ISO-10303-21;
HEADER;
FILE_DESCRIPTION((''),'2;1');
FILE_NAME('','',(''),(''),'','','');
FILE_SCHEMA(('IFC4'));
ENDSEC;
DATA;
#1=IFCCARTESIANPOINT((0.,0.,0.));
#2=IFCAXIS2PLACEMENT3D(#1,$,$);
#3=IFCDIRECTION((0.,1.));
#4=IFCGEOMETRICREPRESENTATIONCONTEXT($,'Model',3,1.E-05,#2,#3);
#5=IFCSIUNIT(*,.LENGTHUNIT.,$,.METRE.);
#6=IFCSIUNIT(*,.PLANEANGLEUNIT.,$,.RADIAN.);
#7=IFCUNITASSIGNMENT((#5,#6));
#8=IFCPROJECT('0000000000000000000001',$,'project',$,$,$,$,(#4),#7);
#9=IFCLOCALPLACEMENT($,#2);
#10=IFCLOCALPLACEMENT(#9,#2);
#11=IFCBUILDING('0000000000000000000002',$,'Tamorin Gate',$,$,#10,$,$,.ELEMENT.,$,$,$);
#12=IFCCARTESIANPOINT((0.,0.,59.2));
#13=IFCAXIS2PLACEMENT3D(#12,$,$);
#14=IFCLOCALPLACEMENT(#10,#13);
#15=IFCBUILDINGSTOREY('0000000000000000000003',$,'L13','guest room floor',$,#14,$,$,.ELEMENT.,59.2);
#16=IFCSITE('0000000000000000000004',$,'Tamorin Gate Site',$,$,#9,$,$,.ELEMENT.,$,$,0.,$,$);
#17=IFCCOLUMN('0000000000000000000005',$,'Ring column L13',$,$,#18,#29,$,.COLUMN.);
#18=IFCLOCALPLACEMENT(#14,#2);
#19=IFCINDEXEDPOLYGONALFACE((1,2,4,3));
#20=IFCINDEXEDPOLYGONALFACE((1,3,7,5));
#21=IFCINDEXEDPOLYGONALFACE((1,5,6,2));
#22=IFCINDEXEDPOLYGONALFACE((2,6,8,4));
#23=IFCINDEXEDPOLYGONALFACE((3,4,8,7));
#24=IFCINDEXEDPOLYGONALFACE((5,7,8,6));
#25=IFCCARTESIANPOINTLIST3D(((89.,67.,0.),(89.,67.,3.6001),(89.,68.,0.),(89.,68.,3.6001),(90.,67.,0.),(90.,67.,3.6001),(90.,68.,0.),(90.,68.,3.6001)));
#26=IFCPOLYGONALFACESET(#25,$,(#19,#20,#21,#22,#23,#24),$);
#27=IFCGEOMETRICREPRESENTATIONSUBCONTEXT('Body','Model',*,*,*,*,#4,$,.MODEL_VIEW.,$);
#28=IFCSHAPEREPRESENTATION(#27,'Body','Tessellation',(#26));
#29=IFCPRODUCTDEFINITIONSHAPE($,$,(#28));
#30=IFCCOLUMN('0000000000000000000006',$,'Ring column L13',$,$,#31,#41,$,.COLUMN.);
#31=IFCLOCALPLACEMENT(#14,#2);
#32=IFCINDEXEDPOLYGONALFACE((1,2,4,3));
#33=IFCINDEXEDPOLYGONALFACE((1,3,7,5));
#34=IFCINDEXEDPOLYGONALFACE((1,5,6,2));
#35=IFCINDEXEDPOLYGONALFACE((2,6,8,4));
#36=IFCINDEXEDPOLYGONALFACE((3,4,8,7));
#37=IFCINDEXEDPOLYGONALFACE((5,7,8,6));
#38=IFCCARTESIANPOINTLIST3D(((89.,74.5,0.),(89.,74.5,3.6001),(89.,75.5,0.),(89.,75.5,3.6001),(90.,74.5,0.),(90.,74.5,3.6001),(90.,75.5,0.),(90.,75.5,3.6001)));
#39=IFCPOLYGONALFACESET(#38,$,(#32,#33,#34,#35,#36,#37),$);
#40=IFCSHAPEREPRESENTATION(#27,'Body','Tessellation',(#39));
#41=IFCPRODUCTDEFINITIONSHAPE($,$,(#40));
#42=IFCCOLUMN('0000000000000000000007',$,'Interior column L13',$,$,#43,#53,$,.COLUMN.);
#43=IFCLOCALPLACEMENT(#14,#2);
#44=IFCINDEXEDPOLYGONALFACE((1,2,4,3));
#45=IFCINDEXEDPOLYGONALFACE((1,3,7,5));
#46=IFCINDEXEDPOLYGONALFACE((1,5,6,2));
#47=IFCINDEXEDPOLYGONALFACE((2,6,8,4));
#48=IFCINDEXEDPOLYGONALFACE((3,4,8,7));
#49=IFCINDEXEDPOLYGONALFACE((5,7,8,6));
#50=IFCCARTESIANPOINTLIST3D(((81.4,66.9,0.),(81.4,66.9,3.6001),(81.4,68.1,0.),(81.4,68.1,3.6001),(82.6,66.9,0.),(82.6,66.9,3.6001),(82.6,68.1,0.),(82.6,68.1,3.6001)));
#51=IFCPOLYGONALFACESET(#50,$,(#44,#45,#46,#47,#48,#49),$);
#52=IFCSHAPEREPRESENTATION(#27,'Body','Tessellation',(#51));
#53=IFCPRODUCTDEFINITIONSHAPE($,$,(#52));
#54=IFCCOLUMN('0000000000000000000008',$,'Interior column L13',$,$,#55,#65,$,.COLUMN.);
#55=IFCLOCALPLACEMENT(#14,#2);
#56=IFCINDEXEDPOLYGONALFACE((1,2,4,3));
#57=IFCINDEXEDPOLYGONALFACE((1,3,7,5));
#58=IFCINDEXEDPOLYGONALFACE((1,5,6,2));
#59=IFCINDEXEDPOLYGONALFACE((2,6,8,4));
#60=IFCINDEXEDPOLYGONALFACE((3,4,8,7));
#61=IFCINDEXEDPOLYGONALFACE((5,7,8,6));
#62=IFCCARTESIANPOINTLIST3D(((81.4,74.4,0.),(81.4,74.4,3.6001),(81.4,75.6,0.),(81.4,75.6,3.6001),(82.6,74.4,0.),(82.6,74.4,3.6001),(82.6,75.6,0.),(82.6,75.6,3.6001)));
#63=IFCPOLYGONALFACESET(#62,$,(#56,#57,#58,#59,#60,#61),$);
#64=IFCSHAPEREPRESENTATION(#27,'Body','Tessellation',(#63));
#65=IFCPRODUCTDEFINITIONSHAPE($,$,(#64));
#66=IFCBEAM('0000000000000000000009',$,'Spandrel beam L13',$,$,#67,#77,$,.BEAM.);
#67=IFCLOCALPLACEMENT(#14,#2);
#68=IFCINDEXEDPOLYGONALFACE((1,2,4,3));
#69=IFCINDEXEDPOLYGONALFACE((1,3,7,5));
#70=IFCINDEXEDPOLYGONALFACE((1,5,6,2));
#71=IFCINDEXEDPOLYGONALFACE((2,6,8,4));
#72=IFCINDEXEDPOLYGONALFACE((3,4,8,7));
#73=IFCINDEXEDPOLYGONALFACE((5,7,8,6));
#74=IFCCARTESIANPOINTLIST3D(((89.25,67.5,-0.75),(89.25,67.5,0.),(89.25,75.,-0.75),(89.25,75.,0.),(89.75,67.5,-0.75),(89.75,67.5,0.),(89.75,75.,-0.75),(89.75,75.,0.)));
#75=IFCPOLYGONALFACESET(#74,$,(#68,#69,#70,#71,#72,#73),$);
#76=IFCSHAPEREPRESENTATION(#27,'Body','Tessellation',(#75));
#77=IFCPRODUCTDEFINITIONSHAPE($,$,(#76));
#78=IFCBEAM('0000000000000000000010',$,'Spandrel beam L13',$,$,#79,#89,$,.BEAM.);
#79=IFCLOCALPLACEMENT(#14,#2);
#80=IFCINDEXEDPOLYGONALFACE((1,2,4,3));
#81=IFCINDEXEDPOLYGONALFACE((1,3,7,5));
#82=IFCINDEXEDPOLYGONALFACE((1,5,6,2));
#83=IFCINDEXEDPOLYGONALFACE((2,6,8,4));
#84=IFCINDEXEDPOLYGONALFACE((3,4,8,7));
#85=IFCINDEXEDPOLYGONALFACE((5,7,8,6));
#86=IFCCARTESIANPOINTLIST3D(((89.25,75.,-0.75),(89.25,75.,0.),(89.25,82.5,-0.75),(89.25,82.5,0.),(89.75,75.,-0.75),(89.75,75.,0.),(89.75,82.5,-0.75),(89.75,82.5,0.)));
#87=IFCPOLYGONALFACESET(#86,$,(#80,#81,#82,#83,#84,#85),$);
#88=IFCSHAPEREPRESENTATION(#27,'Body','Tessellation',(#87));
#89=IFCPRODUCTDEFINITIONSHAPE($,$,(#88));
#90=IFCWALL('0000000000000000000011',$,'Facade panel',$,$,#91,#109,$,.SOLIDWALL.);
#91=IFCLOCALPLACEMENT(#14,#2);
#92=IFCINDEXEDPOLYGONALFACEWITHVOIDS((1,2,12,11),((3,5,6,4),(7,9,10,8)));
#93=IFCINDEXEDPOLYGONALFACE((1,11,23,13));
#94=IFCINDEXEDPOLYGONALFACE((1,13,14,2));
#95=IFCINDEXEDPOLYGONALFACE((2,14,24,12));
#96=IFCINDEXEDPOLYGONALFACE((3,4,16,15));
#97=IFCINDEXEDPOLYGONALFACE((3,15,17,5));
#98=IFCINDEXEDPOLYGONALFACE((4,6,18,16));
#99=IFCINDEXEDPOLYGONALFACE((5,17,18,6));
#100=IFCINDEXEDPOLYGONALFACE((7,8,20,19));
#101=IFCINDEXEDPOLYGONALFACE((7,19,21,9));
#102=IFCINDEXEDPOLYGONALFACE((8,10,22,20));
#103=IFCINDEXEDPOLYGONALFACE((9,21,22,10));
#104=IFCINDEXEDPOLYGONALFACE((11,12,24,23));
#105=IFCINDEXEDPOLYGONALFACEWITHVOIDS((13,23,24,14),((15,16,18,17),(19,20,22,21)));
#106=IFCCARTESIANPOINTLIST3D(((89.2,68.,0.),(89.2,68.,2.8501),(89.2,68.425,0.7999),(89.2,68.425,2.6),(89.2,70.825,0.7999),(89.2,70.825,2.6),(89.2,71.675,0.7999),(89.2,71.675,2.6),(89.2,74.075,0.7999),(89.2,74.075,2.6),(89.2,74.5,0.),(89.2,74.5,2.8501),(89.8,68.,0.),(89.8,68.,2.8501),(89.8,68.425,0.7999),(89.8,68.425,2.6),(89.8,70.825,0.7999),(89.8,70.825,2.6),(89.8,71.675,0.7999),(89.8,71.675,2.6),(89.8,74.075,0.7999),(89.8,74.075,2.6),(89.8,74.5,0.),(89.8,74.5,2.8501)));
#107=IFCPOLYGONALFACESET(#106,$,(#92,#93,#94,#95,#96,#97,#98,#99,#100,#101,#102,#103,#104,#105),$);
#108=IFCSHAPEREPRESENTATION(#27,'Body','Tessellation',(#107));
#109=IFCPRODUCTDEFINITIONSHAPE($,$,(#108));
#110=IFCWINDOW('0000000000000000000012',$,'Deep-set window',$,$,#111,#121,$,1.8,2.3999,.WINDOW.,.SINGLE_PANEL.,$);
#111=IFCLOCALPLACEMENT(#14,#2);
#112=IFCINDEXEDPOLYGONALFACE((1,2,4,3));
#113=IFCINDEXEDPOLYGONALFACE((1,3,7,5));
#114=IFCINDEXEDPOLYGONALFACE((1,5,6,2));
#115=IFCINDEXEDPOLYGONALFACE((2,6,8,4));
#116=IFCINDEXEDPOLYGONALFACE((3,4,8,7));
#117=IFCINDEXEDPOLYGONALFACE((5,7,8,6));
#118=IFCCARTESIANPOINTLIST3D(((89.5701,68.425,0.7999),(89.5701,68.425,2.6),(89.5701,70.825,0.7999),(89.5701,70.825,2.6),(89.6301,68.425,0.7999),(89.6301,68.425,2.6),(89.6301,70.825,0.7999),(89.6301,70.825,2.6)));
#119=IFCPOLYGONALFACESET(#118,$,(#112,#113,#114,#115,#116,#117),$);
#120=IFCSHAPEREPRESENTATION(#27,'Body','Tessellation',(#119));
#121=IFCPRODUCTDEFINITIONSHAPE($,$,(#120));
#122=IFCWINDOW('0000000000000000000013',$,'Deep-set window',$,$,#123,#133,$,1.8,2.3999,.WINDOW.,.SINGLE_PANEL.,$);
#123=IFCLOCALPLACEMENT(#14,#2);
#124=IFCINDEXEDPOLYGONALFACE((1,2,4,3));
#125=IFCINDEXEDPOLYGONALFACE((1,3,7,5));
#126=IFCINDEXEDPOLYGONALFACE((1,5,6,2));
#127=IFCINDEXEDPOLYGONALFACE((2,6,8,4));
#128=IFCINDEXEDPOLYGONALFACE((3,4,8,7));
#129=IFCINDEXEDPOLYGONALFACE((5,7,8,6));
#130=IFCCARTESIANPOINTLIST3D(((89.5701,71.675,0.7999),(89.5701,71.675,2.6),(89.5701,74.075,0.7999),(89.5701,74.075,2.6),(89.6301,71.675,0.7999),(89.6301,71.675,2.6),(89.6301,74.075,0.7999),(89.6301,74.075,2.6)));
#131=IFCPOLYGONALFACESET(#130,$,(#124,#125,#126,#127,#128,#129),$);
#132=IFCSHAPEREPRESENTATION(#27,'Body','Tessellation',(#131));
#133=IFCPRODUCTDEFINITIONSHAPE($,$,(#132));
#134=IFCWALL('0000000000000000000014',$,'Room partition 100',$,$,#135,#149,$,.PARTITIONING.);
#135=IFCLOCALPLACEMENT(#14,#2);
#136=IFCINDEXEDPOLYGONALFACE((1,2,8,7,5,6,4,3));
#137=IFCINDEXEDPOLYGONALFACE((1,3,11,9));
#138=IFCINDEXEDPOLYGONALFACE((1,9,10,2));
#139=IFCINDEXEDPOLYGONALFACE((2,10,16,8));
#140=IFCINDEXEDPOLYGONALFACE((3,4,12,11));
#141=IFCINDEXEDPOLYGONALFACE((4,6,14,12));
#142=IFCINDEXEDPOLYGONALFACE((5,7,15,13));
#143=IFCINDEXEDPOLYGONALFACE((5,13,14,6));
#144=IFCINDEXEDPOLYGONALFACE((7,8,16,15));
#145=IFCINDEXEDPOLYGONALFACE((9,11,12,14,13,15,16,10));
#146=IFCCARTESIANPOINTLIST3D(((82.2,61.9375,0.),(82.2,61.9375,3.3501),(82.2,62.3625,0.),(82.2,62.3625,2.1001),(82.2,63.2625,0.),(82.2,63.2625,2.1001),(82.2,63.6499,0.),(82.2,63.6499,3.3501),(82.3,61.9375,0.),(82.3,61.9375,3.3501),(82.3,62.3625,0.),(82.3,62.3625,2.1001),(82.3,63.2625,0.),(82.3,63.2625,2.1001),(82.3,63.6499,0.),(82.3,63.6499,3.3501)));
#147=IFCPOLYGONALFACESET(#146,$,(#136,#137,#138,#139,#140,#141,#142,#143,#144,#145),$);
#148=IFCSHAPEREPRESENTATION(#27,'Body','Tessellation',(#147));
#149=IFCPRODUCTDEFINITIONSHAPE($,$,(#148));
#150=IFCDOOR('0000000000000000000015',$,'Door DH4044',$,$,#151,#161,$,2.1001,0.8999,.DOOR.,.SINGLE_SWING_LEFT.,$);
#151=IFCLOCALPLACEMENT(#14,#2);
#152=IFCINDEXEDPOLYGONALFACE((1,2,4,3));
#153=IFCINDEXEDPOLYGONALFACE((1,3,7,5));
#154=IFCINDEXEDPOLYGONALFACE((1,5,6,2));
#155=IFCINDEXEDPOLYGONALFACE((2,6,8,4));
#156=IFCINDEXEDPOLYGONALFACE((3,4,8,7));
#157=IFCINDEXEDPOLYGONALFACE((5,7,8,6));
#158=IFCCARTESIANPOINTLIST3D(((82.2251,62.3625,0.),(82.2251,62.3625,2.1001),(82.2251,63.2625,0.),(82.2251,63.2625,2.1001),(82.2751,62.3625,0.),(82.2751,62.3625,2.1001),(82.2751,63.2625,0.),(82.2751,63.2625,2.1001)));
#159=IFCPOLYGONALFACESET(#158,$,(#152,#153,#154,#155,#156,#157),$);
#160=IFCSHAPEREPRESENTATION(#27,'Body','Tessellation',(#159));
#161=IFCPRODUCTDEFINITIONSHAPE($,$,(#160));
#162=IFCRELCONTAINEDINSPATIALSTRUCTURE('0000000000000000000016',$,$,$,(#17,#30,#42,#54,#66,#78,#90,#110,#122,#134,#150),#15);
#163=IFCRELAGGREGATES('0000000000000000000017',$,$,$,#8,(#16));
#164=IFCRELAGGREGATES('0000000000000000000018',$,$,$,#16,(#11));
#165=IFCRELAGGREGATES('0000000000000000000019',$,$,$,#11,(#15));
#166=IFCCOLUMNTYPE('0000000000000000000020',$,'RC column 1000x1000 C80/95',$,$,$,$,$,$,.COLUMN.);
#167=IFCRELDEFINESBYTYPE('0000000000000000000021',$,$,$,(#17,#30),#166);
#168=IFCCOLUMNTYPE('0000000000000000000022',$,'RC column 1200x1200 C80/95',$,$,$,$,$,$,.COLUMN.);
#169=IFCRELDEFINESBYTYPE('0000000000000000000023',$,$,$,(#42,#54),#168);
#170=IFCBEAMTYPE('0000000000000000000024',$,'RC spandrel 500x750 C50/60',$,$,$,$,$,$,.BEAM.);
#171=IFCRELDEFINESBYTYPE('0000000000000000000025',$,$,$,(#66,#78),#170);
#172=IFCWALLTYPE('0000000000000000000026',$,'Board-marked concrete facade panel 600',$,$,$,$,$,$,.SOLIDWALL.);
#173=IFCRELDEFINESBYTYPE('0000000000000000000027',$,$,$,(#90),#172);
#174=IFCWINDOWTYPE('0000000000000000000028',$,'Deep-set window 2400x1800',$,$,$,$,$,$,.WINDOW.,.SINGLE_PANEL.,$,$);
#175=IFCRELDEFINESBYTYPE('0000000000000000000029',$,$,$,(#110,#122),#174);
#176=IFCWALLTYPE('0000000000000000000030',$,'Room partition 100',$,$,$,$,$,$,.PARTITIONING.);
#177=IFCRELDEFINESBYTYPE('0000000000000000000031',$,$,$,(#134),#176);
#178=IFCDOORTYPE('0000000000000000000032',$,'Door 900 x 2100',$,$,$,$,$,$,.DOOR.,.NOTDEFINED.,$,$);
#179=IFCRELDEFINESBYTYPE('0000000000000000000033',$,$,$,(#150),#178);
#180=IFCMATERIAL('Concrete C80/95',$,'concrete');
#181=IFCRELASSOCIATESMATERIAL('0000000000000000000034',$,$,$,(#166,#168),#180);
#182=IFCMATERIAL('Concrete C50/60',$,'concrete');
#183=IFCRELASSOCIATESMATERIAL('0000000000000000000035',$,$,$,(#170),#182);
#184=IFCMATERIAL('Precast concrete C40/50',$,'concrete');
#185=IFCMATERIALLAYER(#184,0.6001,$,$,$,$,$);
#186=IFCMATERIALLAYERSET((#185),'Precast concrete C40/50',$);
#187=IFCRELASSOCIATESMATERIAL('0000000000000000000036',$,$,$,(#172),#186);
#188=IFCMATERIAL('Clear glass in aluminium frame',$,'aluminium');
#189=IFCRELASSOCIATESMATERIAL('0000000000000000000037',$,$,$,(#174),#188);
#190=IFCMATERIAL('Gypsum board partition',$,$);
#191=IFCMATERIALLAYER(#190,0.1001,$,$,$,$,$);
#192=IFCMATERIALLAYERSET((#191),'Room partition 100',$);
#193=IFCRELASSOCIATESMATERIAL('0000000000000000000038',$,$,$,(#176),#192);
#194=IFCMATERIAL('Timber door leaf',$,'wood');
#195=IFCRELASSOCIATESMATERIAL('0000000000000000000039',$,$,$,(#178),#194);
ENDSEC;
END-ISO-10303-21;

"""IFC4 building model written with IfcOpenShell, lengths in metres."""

from ifc_helpers import new_model, si_unit, direction, frame, frame_2d, origin, origin_2d, place, context, subcontext, project, spatial, rectangle, extrude, material, layer, layer_set, material_profile, profile_set, type_object, element, fill, save


model = new_model("IFC4")

# Units and contexts
model_context = context("Model", 3, precision=1e-05, world=origin(), true_north=direction((0.0, 1.0)))
body_context = subcontext(model_context, "Body", "Model", "MODEL_VIEW")
ifc_project = project(units=[si_unit("LENGTHUNIT", "METRE"), si_unit("PLANEANGLEUNIT", "RADIAN")], contexts=[model_context])

# Site, building, storey
site_placement = place(None, origin())
site = spatial("IfcSite", under=ifc_project, at=site_placement, Name="Tamorin Gate Site", CompositionType="ELEMENT", RefElevation=0.0)
building_placement = place(site_placement, origin())
building = spatial("IfcBuilding", under=site, at=building_placement, Name="Tamorin Gate", CompositionType="ELEMENT")
storey_placement = place(building_placement, frame((0.0, 0.0, 59.2)))
storey = spatial("IfcBuildingStorey", under=building, at=storey_placement, Name="L13", Description="guest room floor", CompositionType="ELEMENT", Elevation=59.2)

# Columns
ifc_material_1 = material(Name="Concrete C80/95", Category="concrete")
ifc_material_profile_1 = material_profile(ifc_material_1, rectangle(XDim=1.0, YDim=1.0, at=origin_2d()), Name="RC 1000x1000")
ifc_profile_set_1 = profile_set([ifc_material_profile_1], Name="Concrete C80/95")
column_type_1 = type_object("IfcColumnType", Name="RC column 1000x1000 C80/95", PredefinedType="COLUMN", material=ifc_profile_set_1)
for number, where, z_axis, x_axis, name in (
    (1, (89.5, 67.5, 0.0), (0.0, 0.0, 1.0), (1.0, 0.0, 0.0), "Ring column L13"),
    (2, (89.5, 75.0, 0.0), (0.0, 0.0, 1.0), (1.0, 0.0, 0.0), "Ring column L13"),
):
    element("IfcColumn", number, at=place(storey_placement, frame(where, z_axis=z_axis, x_axis=x_axis)), inside=storey, type_object=column_type_1, Name=name, PredefinedType="COLUMN", context=body_context, shape_type="SweptSolid", body=[
        extrude(rectangle(XDim=1.0, YDim=1.0, at=origin_2d()), origin(), (0.0, 0.0, 1.0), 3.6001),
    ])
ifc_material_profile_2 = material_profile(ifc_material_1, rectangle(XDim=1.2, YDim=1.2, at=origin_2d()), Name="RC 1200x1200")
ifc_profile_set_2 = profile_set([ifc_material_profile_2], Name="Concrete C80/95")
column_type_2 = type_object("IfcColumnType", Name="RC column 1200x1200 C80/95", PredefinedType="COLUMN", material=ifc_profile_set_2)
for number, where, z_axis, x_axis, name in (
    (3, (82.0, 67.5, 0.0), (0.0, 0.0, 1.0), (1.0, 0.0, 0.0), "Interior column L13"),
    (4, (82.0, 75.0, 0.0), (0.0, 0.0, 1.0), (1.0, 0.0, 0.0), "Interior column L13"),
):
    element("IfcColumn", number, at=place(storey_placement, frame(where, z_axis=z_axis, x_axis=x_axis)), inside=storey, type_object=column_type_2, Name=name, PredefinedType="COLUMN", context=body_context, shape_type="SweptSolid", body=[
        extrude(rectangle(XDim=1.2, YDim=1.2, at=origin_2d()), origin(), (0.0, 0.0, 1.0), 3.6001),
    ])

# Beams
ifc_material_2 = material(Name="Concrete C50/60", Category="concrete")
ifc_material_profile_3 = material_profile(ifc_material_2, rectangle(XDim=0.5, YDim=0.75, at=origin_2d()), Name="RC 500x750")
ifc_profile_set_3 = profile_set([ifc_material_profile_3], Name="Concrete C50/60")
beam_type = type_object("IfcBeamType", Name="RC spandrel 500x750 C50/60", PredefinedType="BEAM", material=ifc_profile_set_3)
for number, where, z_axis, x_axis, name in (
    (5, (89.5, 67.5, -0.375), (0.0, 1.0, 0.0), (-1.0, 0.0, 0.0), "Spandrel beam L13"),
    (6, (89.5, 75.0, -0.375), (0.0, 1.0, 0.0), (-1.0, 0.0, 0.0), "Spandrel beam L13"),
):
    element("IfcBeam", number, at=place(storey_placement, frame(where, z_axis=z_axis, x_axis=x_axis)), inside=storey, type_object=beam_type, Name=name, PredefinedType="BEAM", context=body_context, shape_type="SweptSolid", body=[
        extrude(rectangle(XDim=0.5, YDim=0.75, at=origin_2d()), origin(), (0.0, 0.0, 1.0), 7.5),
    ])

# Wall, openings, windows
ifc_material_3 = material(Name="Precast concrete C40/50", Category="concrete")
ifc_layer_1 = layer(ifc_material_3, 0.6001)
ifc_layer_set_1 = layer_set([ifc_layer_1], Name="Precast concrete C40/50")
wall_type_1 = type_object("IfcWallType", Name="Board-marked concrete facade panel 600", PredefinedType="SOLIDWALL", material=ifc_layer_set_1)
wall_1_placement = place(storey_placement, frame((89.5, 68.0, 0.0), z_axis=(0.0, 0.0, 1.0), x_axis=(0.0, 1.0, 0.0)))
wall_1 = element("IfcWall", 7, at=wall_1_placement, inside=storey, type_object=wall_type_1, Name="Facade panel", PredefinedType="SOLIDWALL", context=body_context, shape_type="SweptSolid", body=[
    extrude(rectangle(XDim=6.5, YDim=0.6001, at=frame_2d((3.25, 0.0))), origin(), (0.0, 0.0, 1.0), 2.8501),
])
opening_1_placement = place(wall_1_placement, frame((0.425, 0.0, 0.8)))
opening_1 = element("IfcOpeningElement", 8, at=opening_1_placement, cuts=wall_1, PredefinedType="OPENING", context=body_context, shape_type="SweptSolid", body=[
    extrude(rectangle(XDim=2.3999, YDim=1.8, at=frame_2d((1.2, 0.8999))), frame((0.0, 0.3101, 0.0), z_axis=(0.0, -1.0, 0.0), x_axis=(1.0, 0.0, 0.0)), (0.0, 0.0, 1.0), 0.6201),
])
opening_2_placement = place(wall_1_placement, frame((3.675, 0.0, 0.8)))
opening_2 = element("IfcOpeningElement", 9, at=opening_2_placement, cuts=wall_1, PredefinedType="OPENING", context=body_context, shape_type="SweptSolid", body=[
    extrude(rectangle(XDim=2.3999, YDim=1.8, at=frame_2d((1.2, 0.8999))), frame((0.0, 0.3101, 0.0), z_axis=(0.0, -1.0, 0.0), x_axis=(1.0, 0.0, 0.0)), (0.0, 0.0, 1.0), 0.6201),
])
ifc_material_4 = material(Name="Clear glass in aluminium frame", Category="aluminium")
window_type = type_object("IfcWindowType", Name="Deep-set window 2400x1800", PartitioningType="SINGLE_PANEL", PredefinedType="WINDOW", material=ifc_material_4)
window_1_placement = place(opening_1_placement, origin())
window_1 = element("IfcWindow", 10, at=window_1_placement, inside=storey, type_object=window_type, Name="Deep-set window", OverallHeight=1.8, OverallWidth=2.3999, PartitioningType="SINGLE_PANEL", PredefinedType="WINDOW", context=body_context, shape_type="SweptSolid", body=[
    extrude(rectangle(XDim=2.3999, YDim=1.8, at=frame_2d((1.2, 0.8999))), frame((0.0, -0.0701, 0.0), z_axis=(0.0, -1.0, 0.0), x_axis=(1.0, 0.0, 0.0)), (0.0, 0.0, 1.0), 0.0601),
])
fill(opening_1, window_1)
window_2_placement = place(opening_2_placement, origin())
window_2 = element("IfcWindow", 11, at=window_2_placement, inside=storey, type_object=window_type, Name="Deep-set window", OverallHeight=1.8, OverallWidth=2.3999, PartitioningType="SINGLE_PANEL", PredefinedType="WINDOW", context=body_context, shape_type="SweptSolid", body=[
    extrude(rectangle(XDim=2.3999, YDim=1.8, at=frame_2d((1.2, 0.8999))), frame((0.0, -0.0701, 0.0), z_axis=(0.0, -1.0, 0.0), x_axis=(1.0, 0.0, 0.0)), (0.0, 0.0, 1.0), 0.0601),
])
fill(opening_2, window_2)

# Wall, opening, door
ifc_material_5 = material(Name="Gypsum board partition")
ifc_layer_2 = layer(ifc_material_5, 0.1001)
ifc_layer_set_2 = layer_set([ifc_layer_2], Name="Room partition 100")
wall_type_2 = type_object("IfcWallType", Name="Room partition 100", PredefinedType="PARTITIONING", material=ifc_layer_set_2)
wall_2_placement = place(storey_placement, frame((82.25, 61.9375, 0.0), z_axis=(0.0, 0.0, 1.0), x_axis=(0.0, 1.0, 0.0)))
wall_2 = element("IfcWall", 12, at=wall_2_placement, inside=storey, type_object=wall_type_2, Name="Room partition 100", PredefinedType="PARTITIONING", context=body_context, shape_type="SweptSolid", body=[
    extrude(rectangle(XDim=1.7124, YDim=0.1001, at=frame_2d((0.8562, 0.0))), origin(), (0.0, 0.0, 1.0), 3.3501),
])
opening_3_placement = place(wall_2_placement, frame((0.425, 0.0, 0.0)))
opening_3 = element("IfcOpeningElement", 13, at=opening_3_placement, cuts=wall_2, PredefinedType="OPENING", context=body_context, shape_type="SweptSolid", body=[
    extrude(rectangle(XDim=0.8999, YDim=2.1001, at=frame_2d((0.45, 1.05))), frame((0.0, 0.0601, 0.0), z_axis=(0.0, -1.0, 0.0), x_axis=(1.0, 0.0, 0.0)), (0.0, 0.0, 1.0), 0.1201),
])
ifc_material_6 = material(Name="Timber door leaf", Category="wood")
door_type = type_object("IfcDoorType", Name="Door 900 x 2100", OperationType="NOTDEFINED", PredefinedType="DOOR", material=ifc_material_6)
door_1_placement = place(opening_3_placement, origin())
door_1 = element("IfcDoor", 14, at=door_1_placement, inside=storey, type_object=door_type, Name="Door DH4044", OperationType="SINGLE_SWING_LEFT", OverallHeight=2.1001, OverallWidth=0.8999, PredefinedType="DOOR", context=body_context, shape_type="SweptSolid", body=[
    extrude(rectangle(XDim=0.8999, YDim=2.1001, at=frame_2d((0.45, 1.05))), frame((0.0, 0.0249, 0.0), z_axis=(0.0, -1.0, 0.0), x_axis=(1.0, 0.0, 0.0)), (0.0, 0.0, 1.0), 0.05),
])
fill(opening_3, door_1)

save(model, "model.ifc")
